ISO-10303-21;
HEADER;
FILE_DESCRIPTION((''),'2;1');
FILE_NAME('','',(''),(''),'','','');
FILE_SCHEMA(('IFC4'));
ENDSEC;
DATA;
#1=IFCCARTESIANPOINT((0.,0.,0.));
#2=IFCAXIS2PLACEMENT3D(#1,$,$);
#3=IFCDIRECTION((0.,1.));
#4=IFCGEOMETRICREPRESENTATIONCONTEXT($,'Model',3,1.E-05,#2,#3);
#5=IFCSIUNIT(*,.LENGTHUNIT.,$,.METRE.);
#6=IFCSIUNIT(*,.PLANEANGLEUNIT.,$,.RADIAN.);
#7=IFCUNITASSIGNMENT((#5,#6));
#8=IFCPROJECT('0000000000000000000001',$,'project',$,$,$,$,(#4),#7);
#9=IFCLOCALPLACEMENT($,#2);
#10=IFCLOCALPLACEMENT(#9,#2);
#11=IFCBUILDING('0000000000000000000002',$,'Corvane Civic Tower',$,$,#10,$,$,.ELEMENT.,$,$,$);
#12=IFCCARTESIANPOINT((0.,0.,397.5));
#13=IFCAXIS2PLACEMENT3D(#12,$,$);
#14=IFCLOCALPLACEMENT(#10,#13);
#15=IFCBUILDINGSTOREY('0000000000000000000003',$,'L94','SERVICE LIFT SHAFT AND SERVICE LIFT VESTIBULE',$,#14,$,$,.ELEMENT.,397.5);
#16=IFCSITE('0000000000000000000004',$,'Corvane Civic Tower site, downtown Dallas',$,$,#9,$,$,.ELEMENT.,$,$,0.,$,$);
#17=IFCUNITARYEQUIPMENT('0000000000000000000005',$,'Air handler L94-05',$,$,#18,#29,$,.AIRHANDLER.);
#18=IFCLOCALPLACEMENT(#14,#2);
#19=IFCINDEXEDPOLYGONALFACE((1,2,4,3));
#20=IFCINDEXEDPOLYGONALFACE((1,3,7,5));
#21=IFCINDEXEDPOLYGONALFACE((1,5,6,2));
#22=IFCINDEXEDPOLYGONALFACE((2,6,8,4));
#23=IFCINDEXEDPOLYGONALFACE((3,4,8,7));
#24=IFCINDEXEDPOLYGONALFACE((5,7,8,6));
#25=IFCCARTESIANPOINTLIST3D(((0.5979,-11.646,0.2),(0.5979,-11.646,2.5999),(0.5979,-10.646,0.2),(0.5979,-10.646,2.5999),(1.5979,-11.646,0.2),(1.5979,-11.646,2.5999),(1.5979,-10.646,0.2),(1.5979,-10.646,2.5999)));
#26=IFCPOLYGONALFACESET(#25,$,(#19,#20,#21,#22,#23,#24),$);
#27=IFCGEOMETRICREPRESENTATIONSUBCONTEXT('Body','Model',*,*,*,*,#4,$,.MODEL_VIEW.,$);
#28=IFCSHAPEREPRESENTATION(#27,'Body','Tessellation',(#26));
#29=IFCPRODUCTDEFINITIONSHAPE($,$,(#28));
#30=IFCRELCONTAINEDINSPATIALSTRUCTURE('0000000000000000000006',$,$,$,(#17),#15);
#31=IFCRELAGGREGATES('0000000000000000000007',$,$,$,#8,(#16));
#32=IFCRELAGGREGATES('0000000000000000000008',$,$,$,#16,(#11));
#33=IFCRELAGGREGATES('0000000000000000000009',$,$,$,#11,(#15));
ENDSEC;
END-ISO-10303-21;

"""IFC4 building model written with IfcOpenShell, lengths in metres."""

from ifc_helpers import new_model, si_unit, direction, frame, origin, origin_2d, place, context, subcontext, project, spatial, rectangle, extrude, element, save


model = new_model("IFC4")

# Units and contexts
model_context = context("Model", 3, precision=1e-05, world=origin(), true_north=direction((0.0, 1.0)))
body_context = subcontext(model_context, "Body", "Model", "MODEL_VIEW")
ifc_project = project(units=[si_unit("LENGTHUNIT", "METRE"), si_unit("PLANEANGLEUNIT", "RADIAN")], contexts=[model_context])

# Site, building, storey
site_placement = place(None, origin())
site = spatial("IfcSite", under=ifc_project, at=site_placement, Name="Corvane Civic Tower site, downtown Dallas", CompositionType="ELEMENT", RefElevation=0.0)
building_placement = place(site_placement, origin())
building = spatial("IfcBuilding", under=site, at=building_placement, Name="Corvane Civic Tower", CompositionType="ELEMENT")
storey_placement = place(building_placement, frame((0.0, 0.0, 397.5)))
storey = spatial("IfcBuildingStorey", under=building, at=storey_placement, Name="L94", Description="SERVICE LIFT SHAFT AND SERVICE LIFT VESTIBULE", CompositionType="ELEMENT", Elevation=397.5)

# Unitary equipment
unitary_equipment_placement = place(storey_placement, frame((1.0979, -11.146, 0.2), z_axis=(0.0, 0.0, 1.0), x_axis=(1.0, 0.0, 0.0)))
element("IfcUnitaryEquipment", 1, at=unitary_equipment_placement, inside=storey, Name="Air handler L94-05", PredefinedType="AIRHANDLER", context=body_context, shape_type="SweptSolid", body=[
    extrude(rectangle(XDim=1.0, YDim=1.0, at=origin_2d()), origin(), (0.0, 0.0, 1.0), 2.3999),
])

save(model, "model.ifc")
